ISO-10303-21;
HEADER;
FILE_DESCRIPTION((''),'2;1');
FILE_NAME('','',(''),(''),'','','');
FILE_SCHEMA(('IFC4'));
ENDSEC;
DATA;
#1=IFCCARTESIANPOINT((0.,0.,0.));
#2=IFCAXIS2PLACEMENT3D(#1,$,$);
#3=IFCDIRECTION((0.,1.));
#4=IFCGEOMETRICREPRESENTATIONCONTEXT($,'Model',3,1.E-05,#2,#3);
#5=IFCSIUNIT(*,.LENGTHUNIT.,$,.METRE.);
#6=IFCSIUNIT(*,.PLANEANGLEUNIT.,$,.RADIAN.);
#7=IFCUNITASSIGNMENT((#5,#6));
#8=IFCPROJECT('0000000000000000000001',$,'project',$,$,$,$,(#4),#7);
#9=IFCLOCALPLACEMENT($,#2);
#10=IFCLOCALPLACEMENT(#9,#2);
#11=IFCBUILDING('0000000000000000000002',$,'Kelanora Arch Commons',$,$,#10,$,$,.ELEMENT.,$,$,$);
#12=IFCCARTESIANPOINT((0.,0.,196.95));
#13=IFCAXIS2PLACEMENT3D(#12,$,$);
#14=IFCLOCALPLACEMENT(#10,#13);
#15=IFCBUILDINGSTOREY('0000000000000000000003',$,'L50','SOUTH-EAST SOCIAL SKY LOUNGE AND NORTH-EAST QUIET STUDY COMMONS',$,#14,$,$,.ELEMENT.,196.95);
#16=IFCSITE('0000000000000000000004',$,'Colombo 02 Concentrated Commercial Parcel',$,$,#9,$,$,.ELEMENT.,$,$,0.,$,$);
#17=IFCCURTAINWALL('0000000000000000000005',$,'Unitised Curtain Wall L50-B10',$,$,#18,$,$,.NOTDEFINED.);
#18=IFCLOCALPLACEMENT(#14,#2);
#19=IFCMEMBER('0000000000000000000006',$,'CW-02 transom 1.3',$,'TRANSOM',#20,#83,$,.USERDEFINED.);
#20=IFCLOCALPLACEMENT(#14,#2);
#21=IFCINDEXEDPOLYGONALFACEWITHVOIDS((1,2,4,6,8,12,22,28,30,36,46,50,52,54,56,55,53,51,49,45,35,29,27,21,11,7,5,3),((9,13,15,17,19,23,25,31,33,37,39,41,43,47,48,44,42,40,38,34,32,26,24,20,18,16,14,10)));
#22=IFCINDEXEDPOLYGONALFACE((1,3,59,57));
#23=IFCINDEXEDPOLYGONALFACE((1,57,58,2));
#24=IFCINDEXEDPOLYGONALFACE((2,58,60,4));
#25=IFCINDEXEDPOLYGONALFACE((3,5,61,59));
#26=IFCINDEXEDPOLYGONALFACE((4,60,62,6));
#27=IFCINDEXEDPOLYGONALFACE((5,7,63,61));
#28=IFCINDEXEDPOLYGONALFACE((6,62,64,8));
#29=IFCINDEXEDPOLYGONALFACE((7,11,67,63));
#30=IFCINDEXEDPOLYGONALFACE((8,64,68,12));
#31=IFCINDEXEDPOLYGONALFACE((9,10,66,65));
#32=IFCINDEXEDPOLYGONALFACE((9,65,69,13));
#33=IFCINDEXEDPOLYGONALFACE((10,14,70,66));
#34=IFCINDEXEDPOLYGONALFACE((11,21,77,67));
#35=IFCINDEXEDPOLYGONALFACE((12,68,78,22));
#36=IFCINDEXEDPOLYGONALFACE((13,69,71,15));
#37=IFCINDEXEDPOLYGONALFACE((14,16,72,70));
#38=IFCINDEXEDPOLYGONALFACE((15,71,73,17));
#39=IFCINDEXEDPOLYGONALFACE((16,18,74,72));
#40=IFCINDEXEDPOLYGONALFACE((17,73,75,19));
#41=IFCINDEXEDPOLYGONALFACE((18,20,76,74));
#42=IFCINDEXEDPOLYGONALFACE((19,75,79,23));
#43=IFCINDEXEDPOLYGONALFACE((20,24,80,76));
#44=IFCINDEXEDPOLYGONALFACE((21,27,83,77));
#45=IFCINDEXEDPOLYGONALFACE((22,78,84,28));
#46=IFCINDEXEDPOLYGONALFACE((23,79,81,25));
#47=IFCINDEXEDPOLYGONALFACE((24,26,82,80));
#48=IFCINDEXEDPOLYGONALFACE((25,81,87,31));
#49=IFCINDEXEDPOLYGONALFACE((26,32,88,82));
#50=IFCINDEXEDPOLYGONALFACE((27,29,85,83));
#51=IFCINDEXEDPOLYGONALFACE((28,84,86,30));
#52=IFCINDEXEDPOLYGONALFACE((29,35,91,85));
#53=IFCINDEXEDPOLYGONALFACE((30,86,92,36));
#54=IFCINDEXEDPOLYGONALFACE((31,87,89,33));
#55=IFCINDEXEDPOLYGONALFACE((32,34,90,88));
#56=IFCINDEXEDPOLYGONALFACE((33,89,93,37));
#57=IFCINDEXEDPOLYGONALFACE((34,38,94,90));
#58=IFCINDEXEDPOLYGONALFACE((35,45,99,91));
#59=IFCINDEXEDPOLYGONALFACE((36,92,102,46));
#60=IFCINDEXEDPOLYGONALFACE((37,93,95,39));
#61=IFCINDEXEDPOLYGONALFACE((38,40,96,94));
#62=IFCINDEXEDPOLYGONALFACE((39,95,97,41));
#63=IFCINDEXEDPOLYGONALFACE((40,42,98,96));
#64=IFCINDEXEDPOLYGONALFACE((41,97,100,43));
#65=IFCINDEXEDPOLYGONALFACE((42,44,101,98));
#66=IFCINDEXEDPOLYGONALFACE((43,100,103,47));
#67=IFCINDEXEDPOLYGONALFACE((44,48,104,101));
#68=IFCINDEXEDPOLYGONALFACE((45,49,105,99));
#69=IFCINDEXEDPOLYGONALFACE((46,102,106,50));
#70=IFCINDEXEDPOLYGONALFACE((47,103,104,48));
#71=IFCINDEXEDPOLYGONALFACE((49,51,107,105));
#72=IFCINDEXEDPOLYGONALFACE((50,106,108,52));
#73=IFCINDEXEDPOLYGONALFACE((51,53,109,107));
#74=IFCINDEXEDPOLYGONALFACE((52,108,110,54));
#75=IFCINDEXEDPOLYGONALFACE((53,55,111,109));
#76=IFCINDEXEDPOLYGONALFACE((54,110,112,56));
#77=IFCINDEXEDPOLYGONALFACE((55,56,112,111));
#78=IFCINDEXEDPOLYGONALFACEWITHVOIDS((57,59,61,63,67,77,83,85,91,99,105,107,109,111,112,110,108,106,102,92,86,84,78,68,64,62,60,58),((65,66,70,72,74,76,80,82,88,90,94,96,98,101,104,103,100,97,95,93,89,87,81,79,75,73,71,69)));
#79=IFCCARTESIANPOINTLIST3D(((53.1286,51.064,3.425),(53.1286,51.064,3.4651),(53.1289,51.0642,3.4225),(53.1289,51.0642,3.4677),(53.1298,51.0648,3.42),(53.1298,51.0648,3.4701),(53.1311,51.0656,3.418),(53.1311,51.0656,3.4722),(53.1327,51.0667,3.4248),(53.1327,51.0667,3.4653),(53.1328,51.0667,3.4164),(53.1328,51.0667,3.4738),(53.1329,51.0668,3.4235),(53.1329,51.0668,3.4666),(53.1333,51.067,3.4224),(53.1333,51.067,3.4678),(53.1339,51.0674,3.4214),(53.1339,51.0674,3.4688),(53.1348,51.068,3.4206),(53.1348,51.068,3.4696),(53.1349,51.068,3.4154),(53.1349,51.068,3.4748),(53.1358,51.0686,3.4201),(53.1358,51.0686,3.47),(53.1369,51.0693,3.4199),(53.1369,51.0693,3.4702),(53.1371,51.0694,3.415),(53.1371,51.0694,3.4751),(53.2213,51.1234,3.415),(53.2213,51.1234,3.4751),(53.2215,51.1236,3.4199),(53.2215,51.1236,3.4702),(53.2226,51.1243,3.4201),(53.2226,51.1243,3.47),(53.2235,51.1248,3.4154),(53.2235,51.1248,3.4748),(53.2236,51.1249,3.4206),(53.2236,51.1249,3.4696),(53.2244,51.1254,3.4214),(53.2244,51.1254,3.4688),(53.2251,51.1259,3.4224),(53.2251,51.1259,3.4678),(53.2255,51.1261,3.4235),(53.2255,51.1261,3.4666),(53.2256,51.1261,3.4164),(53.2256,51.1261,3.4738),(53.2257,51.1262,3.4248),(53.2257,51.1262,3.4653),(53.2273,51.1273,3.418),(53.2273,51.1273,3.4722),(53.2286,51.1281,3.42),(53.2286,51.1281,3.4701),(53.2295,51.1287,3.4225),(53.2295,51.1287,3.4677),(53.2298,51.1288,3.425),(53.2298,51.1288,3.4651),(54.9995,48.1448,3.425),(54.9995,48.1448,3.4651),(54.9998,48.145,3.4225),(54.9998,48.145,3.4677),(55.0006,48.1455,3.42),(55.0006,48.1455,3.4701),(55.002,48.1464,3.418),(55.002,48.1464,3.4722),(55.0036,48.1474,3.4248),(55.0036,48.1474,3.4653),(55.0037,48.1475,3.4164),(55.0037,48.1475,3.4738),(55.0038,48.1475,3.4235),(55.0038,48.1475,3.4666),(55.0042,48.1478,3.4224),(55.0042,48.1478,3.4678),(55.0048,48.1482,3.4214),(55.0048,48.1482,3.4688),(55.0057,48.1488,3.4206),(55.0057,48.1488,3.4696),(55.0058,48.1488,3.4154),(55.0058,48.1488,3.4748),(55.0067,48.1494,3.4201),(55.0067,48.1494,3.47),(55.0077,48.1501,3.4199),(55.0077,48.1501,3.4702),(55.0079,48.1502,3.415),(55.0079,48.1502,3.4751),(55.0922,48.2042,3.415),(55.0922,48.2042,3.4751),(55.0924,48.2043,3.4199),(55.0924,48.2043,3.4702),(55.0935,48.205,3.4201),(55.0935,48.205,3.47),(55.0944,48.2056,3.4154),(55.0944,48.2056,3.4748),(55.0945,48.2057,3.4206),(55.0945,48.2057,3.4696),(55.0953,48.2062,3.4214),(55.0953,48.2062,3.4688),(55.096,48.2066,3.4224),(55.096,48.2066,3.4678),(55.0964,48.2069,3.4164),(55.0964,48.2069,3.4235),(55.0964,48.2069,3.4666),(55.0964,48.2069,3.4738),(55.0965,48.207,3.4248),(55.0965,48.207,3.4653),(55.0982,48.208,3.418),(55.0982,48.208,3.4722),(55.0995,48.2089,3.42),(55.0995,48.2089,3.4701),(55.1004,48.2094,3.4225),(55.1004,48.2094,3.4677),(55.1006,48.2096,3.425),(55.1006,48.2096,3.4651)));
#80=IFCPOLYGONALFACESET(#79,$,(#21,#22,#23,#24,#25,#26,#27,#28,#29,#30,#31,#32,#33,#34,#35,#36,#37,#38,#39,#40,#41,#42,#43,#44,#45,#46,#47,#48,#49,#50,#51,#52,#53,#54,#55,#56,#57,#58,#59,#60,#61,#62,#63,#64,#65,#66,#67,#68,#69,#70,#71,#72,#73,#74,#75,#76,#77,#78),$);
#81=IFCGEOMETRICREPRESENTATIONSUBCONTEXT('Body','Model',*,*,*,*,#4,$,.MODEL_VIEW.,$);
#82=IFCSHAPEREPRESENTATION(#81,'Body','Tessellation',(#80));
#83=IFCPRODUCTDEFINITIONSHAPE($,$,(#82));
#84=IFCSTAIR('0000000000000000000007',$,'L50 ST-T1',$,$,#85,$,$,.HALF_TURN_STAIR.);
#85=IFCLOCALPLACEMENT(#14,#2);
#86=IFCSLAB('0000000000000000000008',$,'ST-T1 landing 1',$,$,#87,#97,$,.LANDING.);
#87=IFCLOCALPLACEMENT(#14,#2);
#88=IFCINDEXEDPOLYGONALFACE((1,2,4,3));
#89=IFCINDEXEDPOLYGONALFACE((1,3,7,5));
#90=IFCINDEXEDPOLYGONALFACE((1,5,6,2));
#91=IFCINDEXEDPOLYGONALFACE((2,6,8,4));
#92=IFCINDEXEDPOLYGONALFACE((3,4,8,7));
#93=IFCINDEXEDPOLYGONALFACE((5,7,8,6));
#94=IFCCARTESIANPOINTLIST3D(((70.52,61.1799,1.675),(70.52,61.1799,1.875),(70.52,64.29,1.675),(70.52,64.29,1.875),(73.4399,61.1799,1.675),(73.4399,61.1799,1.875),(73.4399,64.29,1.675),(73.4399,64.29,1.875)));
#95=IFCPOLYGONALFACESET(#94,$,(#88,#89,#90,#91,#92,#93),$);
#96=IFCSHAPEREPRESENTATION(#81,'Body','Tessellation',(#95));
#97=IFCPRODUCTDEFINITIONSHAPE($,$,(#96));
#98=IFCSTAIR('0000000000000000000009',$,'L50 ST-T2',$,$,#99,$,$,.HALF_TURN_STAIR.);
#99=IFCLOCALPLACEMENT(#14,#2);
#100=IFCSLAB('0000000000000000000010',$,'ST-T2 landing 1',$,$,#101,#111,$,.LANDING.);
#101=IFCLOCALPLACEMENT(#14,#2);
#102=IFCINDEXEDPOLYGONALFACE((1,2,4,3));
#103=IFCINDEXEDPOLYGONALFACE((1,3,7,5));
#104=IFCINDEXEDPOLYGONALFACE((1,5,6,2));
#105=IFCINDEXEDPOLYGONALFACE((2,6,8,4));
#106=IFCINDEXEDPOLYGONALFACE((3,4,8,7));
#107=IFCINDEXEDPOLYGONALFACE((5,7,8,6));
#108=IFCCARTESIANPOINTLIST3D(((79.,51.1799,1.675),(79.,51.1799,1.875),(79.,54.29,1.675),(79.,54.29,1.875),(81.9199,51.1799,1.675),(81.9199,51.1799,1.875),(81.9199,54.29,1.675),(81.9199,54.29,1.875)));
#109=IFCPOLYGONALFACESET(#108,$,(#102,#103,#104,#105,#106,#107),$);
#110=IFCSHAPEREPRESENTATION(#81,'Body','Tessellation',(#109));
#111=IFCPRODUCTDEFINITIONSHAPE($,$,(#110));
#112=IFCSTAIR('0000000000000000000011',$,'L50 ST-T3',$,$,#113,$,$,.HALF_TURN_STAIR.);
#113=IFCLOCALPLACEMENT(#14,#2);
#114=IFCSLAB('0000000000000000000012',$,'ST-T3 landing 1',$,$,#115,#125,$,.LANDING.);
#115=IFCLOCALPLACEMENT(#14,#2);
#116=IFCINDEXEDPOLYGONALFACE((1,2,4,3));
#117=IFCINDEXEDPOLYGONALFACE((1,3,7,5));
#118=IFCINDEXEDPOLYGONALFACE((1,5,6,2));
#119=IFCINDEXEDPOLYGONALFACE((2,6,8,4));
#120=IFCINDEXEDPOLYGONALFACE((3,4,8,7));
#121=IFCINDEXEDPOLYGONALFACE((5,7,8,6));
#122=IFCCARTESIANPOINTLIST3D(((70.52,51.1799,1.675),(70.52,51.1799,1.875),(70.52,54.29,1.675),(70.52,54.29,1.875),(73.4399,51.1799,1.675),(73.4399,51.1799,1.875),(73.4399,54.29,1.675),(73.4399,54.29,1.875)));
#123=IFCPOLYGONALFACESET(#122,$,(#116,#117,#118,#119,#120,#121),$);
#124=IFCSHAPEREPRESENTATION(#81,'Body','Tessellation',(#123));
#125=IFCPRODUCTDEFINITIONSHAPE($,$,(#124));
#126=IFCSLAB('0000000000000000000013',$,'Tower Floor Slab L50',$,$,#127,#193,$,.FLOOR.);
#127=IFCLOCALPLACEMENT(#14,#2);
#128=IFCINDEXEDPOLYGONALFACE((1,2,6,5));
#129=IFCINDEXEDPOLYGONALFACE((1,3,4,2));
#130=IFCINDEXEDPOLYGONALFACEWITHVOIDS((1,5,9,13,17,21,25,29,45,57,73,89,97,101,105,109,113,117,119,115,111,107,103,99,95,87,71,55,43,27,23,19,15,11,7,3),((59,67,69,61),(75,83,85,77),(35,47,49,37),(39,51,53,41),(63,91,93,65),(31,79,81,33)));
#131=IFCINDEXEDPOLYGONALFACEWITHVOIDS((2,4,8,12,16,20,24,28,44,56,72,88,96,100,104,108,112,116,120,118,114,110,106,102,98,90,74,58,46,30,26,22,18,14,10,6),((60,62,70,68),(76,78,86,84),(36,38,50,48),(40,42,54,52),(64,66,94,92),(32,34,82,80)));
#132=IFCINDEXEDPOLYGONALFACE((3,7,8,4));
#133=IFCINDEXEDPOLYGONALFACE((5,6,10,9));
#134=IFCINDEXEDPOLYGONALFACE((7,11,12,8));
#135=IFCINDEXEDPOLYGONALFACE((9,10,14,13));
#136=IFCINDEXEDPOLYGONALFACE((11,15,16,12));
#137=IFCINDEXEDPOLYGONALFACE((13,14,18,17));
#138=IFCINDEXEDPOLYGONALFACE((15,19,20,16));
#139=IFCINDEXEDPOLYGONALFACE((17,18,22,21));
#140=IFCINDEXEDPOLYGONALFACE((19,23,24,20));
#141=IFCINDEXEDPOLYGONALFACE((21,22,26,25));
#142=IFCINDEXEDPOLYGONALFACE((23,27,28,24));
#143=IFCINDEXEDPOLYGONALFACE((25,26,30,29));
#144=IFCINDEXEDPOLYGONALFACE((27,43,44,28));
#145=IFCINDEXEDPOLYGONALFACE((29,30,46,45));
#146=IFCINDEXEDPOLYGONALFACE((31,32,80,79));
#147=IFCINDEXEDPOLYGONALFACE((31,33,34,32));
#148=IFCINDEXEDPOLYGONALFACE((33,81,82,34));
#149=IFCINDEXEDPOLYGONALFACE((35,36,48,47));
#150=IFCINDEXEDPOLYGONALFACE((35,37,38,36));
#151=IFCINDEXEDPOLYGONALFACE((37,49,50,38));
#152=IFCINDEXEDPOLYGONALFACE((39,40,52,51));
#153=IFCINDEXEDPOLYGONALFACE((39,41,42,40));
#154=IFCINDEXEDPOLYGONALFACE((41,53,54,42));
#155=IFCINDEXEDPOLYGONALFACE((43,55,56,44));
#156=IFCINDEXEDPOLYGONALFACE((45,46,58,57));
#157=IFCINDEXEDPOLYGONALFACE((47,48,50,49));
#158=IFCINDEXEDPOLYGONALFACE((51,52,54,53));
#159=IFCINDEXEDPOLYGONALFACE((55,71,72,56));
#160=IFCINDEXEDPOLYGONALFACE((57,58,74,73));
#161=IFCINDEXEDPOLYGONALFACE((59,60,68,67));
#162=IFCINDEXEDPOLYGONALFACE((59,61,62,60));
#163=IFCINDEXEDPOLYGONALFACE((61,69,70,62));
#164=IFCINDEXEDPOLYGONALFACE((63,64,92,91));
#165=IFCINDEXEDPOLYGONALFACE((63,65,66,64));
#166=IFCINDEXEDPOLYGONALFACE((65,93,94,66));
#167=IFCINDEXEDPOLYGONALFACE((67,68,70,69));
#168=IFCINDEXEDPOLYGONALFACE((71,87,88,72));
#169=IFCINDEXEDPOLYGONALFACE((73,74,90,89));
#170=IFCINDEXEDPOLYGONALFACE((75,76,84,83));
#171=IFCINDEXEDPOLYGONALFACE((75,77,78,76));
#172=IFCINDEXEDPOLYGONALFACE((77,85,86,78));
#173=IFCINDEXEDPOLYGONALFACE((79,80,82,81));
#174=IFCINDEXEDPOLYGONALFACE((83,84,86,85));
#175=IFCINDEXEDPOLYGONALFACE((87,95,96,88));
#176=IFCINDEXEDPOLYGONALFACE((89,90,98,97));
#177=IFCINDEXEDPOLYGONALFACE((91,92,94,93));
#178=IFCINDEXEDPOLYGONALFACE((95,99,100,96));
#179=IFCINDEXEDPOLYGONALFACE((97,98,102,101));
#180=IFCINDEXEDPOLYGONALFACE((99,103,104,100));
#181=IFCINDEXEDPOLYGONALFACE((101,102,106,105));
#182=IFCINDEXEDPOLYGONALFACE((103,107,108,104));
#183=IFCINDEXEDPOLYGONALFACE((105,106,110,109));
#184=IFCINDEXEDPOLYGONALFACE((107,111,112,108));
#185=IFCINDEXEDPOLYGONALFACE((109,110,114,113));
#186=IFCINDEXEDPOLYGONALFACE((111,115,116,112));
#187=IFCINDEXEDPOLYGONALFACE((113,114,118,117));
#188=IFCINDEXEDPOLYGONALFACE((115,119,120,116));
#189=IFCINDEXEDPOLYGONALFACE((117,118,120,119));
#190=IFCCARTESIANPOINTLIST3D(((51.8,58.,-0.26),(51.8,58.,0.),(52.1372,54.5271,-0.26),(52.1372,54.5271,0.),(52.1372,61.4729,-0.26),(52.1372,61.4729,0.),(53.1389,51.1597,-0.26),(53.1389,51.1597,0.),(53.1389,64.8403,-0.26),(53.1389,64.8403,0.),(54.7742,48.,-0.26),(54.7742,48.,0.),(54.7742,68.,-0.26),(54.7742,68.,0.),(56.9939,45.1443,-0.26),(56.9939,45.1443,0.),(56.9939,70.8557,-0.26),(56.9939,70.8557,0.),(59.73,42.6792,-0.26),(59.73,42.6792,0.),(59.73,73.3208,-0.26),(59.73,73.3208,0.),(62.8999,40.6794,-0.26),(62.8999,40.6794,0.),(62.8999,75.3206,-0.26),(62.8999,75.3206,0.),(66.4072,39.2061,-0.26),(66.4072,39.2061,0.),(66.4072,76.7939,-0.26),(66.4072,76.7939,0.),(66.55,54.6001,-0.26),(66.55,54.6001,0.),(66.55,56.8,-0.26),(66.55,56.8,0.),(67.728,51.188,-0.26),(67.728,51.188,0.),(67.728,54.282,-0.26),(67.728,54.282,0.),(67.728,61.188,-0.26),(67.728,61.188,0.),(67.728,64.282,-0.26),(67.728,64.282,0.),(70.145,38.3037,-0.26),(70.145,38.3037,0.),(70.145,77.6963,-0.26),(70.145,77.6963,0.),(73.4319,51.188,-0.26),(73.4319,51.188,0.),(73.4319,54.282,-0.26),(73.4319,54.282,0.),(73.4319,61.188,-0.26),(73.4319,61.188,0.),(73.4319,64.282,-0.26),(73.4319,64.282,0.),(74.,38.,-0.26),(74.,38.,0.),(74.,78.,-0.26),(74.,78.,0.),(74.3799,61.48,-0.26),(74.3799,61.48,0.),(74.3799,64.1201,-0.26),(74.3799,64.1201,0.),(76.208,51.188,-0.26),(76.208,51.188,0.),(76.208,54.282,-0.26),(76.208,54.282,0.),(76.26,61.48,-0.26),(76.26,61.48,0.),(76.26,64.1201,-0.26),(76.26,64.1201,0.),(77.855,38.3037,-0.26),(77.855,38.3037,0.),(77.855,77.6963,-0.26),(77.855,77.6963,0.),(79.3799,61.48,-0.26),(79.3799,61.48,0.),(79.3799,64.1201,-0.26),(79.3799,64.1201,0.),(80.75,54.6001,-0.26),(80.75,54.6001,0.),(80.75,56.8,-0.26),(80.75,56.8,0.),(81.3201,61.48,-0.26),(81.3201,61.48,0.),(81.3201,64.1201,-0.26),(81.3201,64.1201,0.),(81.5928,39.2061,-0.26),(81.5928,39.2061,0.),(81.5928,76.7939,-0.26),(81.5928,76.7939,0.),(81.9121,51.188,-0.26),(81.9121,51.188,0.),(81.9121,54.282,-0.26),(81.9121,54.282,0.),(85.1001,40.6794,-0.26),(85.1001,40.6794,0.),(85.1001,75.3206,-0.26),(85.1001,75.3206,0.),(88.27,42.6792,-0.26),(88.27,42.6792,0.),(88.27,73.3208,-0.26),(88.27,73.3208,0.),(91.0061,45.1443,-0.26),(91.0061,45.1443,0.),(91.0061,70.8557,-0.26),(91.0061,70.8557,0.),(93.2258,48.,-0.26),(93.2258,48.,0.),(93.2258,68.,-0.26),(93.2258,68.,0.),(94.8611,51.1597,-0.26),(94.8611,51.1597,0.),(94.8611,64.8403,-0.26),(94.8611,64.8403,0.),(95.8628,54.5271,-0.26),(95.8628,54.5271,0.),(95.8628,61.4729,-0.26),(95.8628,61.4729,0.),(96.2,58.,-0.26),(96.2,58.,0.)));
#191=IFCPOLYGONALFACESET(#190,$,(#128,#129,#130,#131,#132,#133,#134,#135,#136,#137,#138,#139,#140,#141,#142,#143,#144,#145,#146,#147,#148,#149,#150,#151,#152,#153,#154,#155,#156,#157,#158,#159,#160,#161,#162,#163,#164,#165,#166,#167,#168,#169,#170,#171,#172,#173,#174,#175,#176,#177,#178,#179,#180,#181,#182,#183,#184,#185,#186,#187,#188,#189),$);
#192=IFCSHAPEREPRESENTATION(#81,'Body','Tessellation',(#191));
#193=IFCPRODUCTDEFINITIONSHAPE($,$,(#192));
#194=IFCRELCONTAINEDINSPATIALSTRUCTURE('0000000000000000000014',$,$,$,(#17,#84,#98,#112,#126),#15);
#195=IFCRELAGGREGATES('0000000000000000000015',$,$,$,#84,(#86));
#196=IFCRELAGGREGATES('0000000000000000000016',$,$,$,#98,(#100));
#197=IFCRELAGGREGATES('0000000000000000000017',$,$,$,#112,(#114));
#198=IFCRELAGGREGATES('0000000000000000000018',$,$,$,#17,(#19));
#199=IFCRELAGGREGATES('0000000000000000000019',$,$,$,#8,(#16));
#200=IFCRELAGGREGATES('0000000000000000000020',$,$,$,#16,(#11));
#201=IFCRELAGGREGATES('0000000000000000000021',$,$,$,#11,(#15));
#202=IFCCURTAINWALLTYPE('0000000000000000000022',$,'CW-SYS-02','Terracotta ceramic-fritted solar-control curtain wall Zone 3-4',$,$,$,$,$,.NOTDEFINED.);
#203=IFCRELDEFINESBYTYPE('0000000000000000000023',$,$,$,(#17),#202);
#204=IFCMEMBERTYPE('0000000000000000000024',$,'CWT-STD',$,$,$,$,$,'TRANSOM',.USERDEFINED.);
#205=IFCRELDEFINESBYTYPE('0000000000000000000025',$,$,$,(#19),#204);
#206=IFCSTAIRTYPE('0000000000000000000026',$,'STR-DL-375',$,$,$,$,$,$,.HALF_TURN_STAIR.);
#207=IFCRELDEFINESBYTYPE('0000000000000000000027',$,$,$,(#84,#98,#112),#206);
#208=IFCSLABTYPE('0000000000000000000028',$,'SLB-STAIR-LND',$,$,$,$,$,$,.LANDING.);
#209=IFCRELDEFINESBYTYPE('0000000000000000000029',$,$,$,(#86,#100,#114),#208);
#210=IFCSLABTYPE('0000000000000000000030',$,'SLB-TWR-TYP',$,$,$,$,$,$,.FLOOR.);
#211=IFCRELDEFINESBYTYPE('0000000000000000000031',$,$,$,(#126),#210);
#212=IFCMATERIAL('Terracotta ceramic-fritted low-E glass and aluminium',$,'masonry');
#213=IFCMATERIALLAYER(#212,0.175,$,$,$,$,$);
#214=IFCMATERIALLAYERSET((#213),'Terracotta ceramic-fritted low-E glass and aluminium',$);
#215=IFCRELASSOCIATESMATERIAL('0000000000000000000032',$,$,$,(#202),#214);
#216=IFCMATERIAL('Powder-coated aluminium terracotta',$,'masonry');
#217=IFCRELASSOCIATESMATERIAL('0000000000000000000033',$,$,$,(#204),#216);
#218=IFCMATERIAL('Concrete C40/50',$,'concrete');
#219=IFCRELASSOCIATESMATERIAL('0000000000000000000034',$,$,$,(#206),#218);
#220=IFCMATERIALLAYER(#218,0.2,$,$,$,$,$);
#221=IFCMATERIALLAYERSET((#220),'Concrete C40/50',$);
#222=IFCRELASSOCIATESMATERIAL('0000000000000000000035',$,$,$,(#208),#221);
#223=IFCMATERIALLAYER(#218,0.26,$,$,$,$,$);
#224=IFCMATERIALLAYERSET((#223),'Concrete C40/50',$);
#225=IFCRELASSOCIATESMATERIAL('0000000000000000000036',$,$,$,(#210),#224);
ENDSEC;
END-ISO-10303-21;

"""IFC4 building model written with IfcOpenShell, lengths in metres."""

from ifc_helpers import new_model, si_unit, direction, frame, origin, origin_2d, place, context, subcontext, project, spatial, polyline, hollow_rectangle, outline, extrude, material, layer, layer_set, material_profile, profile_set, type_object, element, aggregate, save


model = new_model("IFC4")

# Units and contexts
model_context = context("Model", 3, precision=1e-05, world=origin(), true_north=direction((0.0, 1.0)))
body_context = subcontext(model_context, "Body", "Model", "MODEL_VIEW")
ifc_project = project(units=[si_unit("LENGTHUNIT", "METRE"), si_unit("PLANEANGLEUNIT", "RADIAN")], contexts=[model_context])

# Site, building, storey
site_placement = place(None, origin())
site = spatial("IfcSite", under=ifc_project, at=site_placement, Name="Colombo 02 Concentrated Commercial Parcel", CompositionType="ELEMENT", RefElevation=0.0)
building_placement = place(site_placement, origin())
building = spatial("IfcBuilding", under=site, at=building_placement, Name="Kelanora Arch Commons", CompositionType="ELEMENT")
storey_placement = place(building_placement, frame((0.0, 0.0, 196.95)))
storey = spatial("IfcBuildingStorey", under=building, at=storey_placement, Name="L50", Description="SOUTH-EAST SOCIAL SKY LOUNGE AND NORTH-EAST QUIET STUDY COMMONS", CompositionType="ELEMENT", Elevation=196.95)

# Curtain wall, member
ifc_material_1 = material(Name="Terracotta ceramic-fritted low-E glass and aluminium", Category="masonry")
ifc_layer_1 = layer(ifc_material_1, 0.175)
ifc_layer_set_1 = layer_set([ifc_layer_1], Name="Terracotta ceramic-fritted low-E glass and aluminium")
curtain_wall_type = type_object("IfcCurtainWallType", Name="CW-SYS-02", Description="Terracotta ceramic-fritted solar-control curtain wall Zone 3-4", PredefinedType="NOTDEFINED", material=ifc_layer_set_1)
curtain_wall_placement = place(storey_placement, origin())
curtain_wall = element("IfcCurtainWall", 1, at=curtain_wall_placement, inside=storey, type_object=curtain_wall_type, Name="Unitised Curtain Wall L50-B10", PredefinedType="NOTDEFINED")
ifc_material_2 = material(Name="Powder-coated aluminium terracotta", Category="masonry")
ifc_material_profile_1 = material_profile(ifc_material_2, hollow_rectangle(XDim=0.1201, YDim=0.0601, WallThickness=0.0049, InnerFilletRadius=0.0049, OuterFilletRadius=0.01, at=origin_2d()), Name="CWT120x60")
ifc_profile_set_1 = profile_set([ifc_material_profile_1], Name="Powder-coated aluminium terracotta")
member_type_1 = type_object("IfcMemberType", Name="CWT-STD", ElementType="TRANSOM", PredefinedType="USERDEFINED", material=ifc_profile_set_1)
member_1_placement = place(storey_placement, frame((53.1792, 51.0964, 3.4451), z_axis=(0.539579, -0.841935, 0.0), x_axis=(0.841935, 0.539579, 0.0)))
member_1 = element("IfcMember", 2, at=member_1_placement, type_object=member_type_1, Name="CW-02 transom 1.3", ObjectType="TRANSOM", PredefinedType="USERDEFINED", context=body_context, shape_type="SweptSolid", body=[
    extrude(hollow_rectangle(XDim=0.1201, YDim=0.0601, WallThickness=0.0049, InnerFilletRadius=0.0049, OuterFilletRadius=0.01, at=origin_2d()), origin(), (0.0, 0.0, 1.0), 3.4673),
])

# Stairs, slabs
ifc_material_3 = material(Name="Concrete C40/50", Category="concrete")
stair_type = type_object("IfcStairType", Name="STR-DL-375", PredefinedType="HALF_TURN_STAIR", material=ifc_material_3)
stair_1_placement = place(storey_placement, origin())
stair_1 = element("IfcStair", 3, at=stair_1_placement, inside=storey, type_object=stair_type, Name="L50 ST-T1", PredefinedType="HALF_TURN_STAIR")
ifc_layer_2 = layer(ifc_material_3, 0.2)
ifc_layer_set_2 = layer_set([ifc_layer_2], Name="Concrete C40/50")
slab_type_1 = type_object("IfcSlabType", Name="SLB-STAIR-LND", PredefinedType="LANDING", material=ifc_layer_set_2)
slab_1_placement = place(storey_placement, frame((0.0, 0.0, 1.675)))
slab_1 = element("IfcSlab", 4, at=slab_1_placement, type_object=slab_type_1, Name="ST-T1 landing 1", PredefinedType="LANDING", context=body_context, shape_type="SweptSolid", body=[
    extrude(outline(polyline([(70.52, 61.1799), (73.4399, 61.1799), (73.4399, 64.29), (70.52, 64.29), (70.52, 61.1799)])), origin(), (0.0, 0.0, 1.0), 0.2),
])
aggregate(stair_1, [slab_1])
stair_2_placement = place(storey_placement, origin())
stair_2 = element("IfcStair", 5, at=stair_2_placement, inside=storey, type_object=stair_type, Name="L50 ST-T2", PredefinedType="HALF_TURN_STAIR")
slab_2_placement = place(storey_placement, frame((0.0, 0.0, 1.675)))
slab_2 = element("IfcSlab", 6, at=slab_2_placement, type_object=slab_type_1, Name="ST-T2 landing 1", PredefinedType="LANDING", context=body_context, shape_type="SweptSolid", body=[
    extrude(outline(polyline([(79.0, 51.1799), (81.9199, 51.1799), (81.9199, 54.29), (79.0, 54.29), (79.0, 51.1799)])), origin(), (0.0, 0.0, 1.0), 0.2),
])
aggregate(stair_2, [slab_2])
stair_3_placement = place(storey_placement, origin())
stair_3 = element("IfcStair", 7, at=stair_3_placement, inside=storey, type_object=stair_type, Name="L50 ST-T3", PredefinedType="HALF_TURN_STAIR")
slab_3_placement = place(storey_placement, frame((0.0, 0.0, 1.675)))
slab_3 = element("IfcSlab", 8, at=slab_3_placement, type_object=slab_type_1, Name="ST-T3 landing 1", PredefinedType="LANDING", context=body_context, shape_type="SweptSolid", body=[
    extrude(outline(polyline([(70.52, 51.1799), (73.4399, 51.1799), (73.4399, 54.29), (70.52, 54.29), (70.52, 51.1799)])), origin(), (0.0, 0.0, 1.0), 0.2),
])
aggregate(stair_3, [slab_3])

# Slab
ifc_layer_3 = layer(ifc_material_3, 0.26)
ifc_layer_set_3 = layer_set([ifc_layer_3], Name="Concrete C40/50")
slab_type_2 = type_object("IfcSlabType", Name="SLB-TWR-TYP", PredefinedType="FLOOR", material=ifc_layer_set_3)
slab_4_placement = place(storey_placement, frame((0.0, 0.0, -0.26)))
element("IfcSlab", 9, at=slab_4_placement, inside=storey, type_object=slab_type_2, Name="Tower Floor Slab L50", PredefinedType="FLOOR", context=body_context, shape_type="SweptSolid", body=[
    extrude(outline(polyline([(96.2, 58.0), (95.8628, 61.4729), (94.8611, 64.8403), (93.2258, 68.0), (91.0061, 70.8557), (88.27, 73.3208), (85.1001, 75.3206), (81.5928, 76.7939), (77.855, 77.6963), (74.0, 78.0), (70.145, 77.6963), (66.4072, 76.7939), (62.8999, 75.3206), (59.73, 73.3208), (56.9939, 70.8557), (54.7742, 68.0), (53.1389, 64.8403), (52.1372, 61.4729), (51.8, 58.0), (52.1372, 54.5271), (53.1389, 51.1597), (54.7742, 48.0), (56.9939, 45.1443), (59.73, 42.6792), (62.8999, 40.6794), (66.4072, 39.2061), (70.145, 38.3037), (74.0, 38.0), (77.855, 38.3037), (81.5928, 39.2061), (85.1001, 40.6794), (88.27, 42.6792), (91.0061, 45.1443), (93.2258, 48.0), (94.8611, 51.1597), (95.8628, 54.5271), (96.2, 58.0)]), holes=[polyline([(73.4319, 51.188), (67.728, 51.188), (67.728, 54.282), (73.4319, 54.282), (73.4319, 51.188)]), polyline([(76.208, 51.188), (76.208, 54.282), (81.9121, 54.282), (81.9121, 51.188), (76.208, 51.188)]), polyline([(66.55, 54.6001), (66.55, 56.8), (80.75, 56.8), (80.75, 54.6001), (66.55, 54.6001)]), polyline([(73.4319, 61.188), (67.728, 61.188), (67.728, 64.282), (73.4319, 64.282), (73.4319, 61.188)]), polyline([(74.3799, 61.48), (74.3799, 64.1201), (76.26, 64.1201), (76.26, 61.48), (74.3799, 61.48)]), polyline([(79.3799, 61.48), (79.3799, 64.1201), (81.3201, 64.1201), (81.3201, 61.48), (79.3799, 61.48)])]), origin(), (0.0, 0.0, 1.0), 0.26),
])

aggregate(curtain_wall, [member_1])

save(model, "model.ifc")
